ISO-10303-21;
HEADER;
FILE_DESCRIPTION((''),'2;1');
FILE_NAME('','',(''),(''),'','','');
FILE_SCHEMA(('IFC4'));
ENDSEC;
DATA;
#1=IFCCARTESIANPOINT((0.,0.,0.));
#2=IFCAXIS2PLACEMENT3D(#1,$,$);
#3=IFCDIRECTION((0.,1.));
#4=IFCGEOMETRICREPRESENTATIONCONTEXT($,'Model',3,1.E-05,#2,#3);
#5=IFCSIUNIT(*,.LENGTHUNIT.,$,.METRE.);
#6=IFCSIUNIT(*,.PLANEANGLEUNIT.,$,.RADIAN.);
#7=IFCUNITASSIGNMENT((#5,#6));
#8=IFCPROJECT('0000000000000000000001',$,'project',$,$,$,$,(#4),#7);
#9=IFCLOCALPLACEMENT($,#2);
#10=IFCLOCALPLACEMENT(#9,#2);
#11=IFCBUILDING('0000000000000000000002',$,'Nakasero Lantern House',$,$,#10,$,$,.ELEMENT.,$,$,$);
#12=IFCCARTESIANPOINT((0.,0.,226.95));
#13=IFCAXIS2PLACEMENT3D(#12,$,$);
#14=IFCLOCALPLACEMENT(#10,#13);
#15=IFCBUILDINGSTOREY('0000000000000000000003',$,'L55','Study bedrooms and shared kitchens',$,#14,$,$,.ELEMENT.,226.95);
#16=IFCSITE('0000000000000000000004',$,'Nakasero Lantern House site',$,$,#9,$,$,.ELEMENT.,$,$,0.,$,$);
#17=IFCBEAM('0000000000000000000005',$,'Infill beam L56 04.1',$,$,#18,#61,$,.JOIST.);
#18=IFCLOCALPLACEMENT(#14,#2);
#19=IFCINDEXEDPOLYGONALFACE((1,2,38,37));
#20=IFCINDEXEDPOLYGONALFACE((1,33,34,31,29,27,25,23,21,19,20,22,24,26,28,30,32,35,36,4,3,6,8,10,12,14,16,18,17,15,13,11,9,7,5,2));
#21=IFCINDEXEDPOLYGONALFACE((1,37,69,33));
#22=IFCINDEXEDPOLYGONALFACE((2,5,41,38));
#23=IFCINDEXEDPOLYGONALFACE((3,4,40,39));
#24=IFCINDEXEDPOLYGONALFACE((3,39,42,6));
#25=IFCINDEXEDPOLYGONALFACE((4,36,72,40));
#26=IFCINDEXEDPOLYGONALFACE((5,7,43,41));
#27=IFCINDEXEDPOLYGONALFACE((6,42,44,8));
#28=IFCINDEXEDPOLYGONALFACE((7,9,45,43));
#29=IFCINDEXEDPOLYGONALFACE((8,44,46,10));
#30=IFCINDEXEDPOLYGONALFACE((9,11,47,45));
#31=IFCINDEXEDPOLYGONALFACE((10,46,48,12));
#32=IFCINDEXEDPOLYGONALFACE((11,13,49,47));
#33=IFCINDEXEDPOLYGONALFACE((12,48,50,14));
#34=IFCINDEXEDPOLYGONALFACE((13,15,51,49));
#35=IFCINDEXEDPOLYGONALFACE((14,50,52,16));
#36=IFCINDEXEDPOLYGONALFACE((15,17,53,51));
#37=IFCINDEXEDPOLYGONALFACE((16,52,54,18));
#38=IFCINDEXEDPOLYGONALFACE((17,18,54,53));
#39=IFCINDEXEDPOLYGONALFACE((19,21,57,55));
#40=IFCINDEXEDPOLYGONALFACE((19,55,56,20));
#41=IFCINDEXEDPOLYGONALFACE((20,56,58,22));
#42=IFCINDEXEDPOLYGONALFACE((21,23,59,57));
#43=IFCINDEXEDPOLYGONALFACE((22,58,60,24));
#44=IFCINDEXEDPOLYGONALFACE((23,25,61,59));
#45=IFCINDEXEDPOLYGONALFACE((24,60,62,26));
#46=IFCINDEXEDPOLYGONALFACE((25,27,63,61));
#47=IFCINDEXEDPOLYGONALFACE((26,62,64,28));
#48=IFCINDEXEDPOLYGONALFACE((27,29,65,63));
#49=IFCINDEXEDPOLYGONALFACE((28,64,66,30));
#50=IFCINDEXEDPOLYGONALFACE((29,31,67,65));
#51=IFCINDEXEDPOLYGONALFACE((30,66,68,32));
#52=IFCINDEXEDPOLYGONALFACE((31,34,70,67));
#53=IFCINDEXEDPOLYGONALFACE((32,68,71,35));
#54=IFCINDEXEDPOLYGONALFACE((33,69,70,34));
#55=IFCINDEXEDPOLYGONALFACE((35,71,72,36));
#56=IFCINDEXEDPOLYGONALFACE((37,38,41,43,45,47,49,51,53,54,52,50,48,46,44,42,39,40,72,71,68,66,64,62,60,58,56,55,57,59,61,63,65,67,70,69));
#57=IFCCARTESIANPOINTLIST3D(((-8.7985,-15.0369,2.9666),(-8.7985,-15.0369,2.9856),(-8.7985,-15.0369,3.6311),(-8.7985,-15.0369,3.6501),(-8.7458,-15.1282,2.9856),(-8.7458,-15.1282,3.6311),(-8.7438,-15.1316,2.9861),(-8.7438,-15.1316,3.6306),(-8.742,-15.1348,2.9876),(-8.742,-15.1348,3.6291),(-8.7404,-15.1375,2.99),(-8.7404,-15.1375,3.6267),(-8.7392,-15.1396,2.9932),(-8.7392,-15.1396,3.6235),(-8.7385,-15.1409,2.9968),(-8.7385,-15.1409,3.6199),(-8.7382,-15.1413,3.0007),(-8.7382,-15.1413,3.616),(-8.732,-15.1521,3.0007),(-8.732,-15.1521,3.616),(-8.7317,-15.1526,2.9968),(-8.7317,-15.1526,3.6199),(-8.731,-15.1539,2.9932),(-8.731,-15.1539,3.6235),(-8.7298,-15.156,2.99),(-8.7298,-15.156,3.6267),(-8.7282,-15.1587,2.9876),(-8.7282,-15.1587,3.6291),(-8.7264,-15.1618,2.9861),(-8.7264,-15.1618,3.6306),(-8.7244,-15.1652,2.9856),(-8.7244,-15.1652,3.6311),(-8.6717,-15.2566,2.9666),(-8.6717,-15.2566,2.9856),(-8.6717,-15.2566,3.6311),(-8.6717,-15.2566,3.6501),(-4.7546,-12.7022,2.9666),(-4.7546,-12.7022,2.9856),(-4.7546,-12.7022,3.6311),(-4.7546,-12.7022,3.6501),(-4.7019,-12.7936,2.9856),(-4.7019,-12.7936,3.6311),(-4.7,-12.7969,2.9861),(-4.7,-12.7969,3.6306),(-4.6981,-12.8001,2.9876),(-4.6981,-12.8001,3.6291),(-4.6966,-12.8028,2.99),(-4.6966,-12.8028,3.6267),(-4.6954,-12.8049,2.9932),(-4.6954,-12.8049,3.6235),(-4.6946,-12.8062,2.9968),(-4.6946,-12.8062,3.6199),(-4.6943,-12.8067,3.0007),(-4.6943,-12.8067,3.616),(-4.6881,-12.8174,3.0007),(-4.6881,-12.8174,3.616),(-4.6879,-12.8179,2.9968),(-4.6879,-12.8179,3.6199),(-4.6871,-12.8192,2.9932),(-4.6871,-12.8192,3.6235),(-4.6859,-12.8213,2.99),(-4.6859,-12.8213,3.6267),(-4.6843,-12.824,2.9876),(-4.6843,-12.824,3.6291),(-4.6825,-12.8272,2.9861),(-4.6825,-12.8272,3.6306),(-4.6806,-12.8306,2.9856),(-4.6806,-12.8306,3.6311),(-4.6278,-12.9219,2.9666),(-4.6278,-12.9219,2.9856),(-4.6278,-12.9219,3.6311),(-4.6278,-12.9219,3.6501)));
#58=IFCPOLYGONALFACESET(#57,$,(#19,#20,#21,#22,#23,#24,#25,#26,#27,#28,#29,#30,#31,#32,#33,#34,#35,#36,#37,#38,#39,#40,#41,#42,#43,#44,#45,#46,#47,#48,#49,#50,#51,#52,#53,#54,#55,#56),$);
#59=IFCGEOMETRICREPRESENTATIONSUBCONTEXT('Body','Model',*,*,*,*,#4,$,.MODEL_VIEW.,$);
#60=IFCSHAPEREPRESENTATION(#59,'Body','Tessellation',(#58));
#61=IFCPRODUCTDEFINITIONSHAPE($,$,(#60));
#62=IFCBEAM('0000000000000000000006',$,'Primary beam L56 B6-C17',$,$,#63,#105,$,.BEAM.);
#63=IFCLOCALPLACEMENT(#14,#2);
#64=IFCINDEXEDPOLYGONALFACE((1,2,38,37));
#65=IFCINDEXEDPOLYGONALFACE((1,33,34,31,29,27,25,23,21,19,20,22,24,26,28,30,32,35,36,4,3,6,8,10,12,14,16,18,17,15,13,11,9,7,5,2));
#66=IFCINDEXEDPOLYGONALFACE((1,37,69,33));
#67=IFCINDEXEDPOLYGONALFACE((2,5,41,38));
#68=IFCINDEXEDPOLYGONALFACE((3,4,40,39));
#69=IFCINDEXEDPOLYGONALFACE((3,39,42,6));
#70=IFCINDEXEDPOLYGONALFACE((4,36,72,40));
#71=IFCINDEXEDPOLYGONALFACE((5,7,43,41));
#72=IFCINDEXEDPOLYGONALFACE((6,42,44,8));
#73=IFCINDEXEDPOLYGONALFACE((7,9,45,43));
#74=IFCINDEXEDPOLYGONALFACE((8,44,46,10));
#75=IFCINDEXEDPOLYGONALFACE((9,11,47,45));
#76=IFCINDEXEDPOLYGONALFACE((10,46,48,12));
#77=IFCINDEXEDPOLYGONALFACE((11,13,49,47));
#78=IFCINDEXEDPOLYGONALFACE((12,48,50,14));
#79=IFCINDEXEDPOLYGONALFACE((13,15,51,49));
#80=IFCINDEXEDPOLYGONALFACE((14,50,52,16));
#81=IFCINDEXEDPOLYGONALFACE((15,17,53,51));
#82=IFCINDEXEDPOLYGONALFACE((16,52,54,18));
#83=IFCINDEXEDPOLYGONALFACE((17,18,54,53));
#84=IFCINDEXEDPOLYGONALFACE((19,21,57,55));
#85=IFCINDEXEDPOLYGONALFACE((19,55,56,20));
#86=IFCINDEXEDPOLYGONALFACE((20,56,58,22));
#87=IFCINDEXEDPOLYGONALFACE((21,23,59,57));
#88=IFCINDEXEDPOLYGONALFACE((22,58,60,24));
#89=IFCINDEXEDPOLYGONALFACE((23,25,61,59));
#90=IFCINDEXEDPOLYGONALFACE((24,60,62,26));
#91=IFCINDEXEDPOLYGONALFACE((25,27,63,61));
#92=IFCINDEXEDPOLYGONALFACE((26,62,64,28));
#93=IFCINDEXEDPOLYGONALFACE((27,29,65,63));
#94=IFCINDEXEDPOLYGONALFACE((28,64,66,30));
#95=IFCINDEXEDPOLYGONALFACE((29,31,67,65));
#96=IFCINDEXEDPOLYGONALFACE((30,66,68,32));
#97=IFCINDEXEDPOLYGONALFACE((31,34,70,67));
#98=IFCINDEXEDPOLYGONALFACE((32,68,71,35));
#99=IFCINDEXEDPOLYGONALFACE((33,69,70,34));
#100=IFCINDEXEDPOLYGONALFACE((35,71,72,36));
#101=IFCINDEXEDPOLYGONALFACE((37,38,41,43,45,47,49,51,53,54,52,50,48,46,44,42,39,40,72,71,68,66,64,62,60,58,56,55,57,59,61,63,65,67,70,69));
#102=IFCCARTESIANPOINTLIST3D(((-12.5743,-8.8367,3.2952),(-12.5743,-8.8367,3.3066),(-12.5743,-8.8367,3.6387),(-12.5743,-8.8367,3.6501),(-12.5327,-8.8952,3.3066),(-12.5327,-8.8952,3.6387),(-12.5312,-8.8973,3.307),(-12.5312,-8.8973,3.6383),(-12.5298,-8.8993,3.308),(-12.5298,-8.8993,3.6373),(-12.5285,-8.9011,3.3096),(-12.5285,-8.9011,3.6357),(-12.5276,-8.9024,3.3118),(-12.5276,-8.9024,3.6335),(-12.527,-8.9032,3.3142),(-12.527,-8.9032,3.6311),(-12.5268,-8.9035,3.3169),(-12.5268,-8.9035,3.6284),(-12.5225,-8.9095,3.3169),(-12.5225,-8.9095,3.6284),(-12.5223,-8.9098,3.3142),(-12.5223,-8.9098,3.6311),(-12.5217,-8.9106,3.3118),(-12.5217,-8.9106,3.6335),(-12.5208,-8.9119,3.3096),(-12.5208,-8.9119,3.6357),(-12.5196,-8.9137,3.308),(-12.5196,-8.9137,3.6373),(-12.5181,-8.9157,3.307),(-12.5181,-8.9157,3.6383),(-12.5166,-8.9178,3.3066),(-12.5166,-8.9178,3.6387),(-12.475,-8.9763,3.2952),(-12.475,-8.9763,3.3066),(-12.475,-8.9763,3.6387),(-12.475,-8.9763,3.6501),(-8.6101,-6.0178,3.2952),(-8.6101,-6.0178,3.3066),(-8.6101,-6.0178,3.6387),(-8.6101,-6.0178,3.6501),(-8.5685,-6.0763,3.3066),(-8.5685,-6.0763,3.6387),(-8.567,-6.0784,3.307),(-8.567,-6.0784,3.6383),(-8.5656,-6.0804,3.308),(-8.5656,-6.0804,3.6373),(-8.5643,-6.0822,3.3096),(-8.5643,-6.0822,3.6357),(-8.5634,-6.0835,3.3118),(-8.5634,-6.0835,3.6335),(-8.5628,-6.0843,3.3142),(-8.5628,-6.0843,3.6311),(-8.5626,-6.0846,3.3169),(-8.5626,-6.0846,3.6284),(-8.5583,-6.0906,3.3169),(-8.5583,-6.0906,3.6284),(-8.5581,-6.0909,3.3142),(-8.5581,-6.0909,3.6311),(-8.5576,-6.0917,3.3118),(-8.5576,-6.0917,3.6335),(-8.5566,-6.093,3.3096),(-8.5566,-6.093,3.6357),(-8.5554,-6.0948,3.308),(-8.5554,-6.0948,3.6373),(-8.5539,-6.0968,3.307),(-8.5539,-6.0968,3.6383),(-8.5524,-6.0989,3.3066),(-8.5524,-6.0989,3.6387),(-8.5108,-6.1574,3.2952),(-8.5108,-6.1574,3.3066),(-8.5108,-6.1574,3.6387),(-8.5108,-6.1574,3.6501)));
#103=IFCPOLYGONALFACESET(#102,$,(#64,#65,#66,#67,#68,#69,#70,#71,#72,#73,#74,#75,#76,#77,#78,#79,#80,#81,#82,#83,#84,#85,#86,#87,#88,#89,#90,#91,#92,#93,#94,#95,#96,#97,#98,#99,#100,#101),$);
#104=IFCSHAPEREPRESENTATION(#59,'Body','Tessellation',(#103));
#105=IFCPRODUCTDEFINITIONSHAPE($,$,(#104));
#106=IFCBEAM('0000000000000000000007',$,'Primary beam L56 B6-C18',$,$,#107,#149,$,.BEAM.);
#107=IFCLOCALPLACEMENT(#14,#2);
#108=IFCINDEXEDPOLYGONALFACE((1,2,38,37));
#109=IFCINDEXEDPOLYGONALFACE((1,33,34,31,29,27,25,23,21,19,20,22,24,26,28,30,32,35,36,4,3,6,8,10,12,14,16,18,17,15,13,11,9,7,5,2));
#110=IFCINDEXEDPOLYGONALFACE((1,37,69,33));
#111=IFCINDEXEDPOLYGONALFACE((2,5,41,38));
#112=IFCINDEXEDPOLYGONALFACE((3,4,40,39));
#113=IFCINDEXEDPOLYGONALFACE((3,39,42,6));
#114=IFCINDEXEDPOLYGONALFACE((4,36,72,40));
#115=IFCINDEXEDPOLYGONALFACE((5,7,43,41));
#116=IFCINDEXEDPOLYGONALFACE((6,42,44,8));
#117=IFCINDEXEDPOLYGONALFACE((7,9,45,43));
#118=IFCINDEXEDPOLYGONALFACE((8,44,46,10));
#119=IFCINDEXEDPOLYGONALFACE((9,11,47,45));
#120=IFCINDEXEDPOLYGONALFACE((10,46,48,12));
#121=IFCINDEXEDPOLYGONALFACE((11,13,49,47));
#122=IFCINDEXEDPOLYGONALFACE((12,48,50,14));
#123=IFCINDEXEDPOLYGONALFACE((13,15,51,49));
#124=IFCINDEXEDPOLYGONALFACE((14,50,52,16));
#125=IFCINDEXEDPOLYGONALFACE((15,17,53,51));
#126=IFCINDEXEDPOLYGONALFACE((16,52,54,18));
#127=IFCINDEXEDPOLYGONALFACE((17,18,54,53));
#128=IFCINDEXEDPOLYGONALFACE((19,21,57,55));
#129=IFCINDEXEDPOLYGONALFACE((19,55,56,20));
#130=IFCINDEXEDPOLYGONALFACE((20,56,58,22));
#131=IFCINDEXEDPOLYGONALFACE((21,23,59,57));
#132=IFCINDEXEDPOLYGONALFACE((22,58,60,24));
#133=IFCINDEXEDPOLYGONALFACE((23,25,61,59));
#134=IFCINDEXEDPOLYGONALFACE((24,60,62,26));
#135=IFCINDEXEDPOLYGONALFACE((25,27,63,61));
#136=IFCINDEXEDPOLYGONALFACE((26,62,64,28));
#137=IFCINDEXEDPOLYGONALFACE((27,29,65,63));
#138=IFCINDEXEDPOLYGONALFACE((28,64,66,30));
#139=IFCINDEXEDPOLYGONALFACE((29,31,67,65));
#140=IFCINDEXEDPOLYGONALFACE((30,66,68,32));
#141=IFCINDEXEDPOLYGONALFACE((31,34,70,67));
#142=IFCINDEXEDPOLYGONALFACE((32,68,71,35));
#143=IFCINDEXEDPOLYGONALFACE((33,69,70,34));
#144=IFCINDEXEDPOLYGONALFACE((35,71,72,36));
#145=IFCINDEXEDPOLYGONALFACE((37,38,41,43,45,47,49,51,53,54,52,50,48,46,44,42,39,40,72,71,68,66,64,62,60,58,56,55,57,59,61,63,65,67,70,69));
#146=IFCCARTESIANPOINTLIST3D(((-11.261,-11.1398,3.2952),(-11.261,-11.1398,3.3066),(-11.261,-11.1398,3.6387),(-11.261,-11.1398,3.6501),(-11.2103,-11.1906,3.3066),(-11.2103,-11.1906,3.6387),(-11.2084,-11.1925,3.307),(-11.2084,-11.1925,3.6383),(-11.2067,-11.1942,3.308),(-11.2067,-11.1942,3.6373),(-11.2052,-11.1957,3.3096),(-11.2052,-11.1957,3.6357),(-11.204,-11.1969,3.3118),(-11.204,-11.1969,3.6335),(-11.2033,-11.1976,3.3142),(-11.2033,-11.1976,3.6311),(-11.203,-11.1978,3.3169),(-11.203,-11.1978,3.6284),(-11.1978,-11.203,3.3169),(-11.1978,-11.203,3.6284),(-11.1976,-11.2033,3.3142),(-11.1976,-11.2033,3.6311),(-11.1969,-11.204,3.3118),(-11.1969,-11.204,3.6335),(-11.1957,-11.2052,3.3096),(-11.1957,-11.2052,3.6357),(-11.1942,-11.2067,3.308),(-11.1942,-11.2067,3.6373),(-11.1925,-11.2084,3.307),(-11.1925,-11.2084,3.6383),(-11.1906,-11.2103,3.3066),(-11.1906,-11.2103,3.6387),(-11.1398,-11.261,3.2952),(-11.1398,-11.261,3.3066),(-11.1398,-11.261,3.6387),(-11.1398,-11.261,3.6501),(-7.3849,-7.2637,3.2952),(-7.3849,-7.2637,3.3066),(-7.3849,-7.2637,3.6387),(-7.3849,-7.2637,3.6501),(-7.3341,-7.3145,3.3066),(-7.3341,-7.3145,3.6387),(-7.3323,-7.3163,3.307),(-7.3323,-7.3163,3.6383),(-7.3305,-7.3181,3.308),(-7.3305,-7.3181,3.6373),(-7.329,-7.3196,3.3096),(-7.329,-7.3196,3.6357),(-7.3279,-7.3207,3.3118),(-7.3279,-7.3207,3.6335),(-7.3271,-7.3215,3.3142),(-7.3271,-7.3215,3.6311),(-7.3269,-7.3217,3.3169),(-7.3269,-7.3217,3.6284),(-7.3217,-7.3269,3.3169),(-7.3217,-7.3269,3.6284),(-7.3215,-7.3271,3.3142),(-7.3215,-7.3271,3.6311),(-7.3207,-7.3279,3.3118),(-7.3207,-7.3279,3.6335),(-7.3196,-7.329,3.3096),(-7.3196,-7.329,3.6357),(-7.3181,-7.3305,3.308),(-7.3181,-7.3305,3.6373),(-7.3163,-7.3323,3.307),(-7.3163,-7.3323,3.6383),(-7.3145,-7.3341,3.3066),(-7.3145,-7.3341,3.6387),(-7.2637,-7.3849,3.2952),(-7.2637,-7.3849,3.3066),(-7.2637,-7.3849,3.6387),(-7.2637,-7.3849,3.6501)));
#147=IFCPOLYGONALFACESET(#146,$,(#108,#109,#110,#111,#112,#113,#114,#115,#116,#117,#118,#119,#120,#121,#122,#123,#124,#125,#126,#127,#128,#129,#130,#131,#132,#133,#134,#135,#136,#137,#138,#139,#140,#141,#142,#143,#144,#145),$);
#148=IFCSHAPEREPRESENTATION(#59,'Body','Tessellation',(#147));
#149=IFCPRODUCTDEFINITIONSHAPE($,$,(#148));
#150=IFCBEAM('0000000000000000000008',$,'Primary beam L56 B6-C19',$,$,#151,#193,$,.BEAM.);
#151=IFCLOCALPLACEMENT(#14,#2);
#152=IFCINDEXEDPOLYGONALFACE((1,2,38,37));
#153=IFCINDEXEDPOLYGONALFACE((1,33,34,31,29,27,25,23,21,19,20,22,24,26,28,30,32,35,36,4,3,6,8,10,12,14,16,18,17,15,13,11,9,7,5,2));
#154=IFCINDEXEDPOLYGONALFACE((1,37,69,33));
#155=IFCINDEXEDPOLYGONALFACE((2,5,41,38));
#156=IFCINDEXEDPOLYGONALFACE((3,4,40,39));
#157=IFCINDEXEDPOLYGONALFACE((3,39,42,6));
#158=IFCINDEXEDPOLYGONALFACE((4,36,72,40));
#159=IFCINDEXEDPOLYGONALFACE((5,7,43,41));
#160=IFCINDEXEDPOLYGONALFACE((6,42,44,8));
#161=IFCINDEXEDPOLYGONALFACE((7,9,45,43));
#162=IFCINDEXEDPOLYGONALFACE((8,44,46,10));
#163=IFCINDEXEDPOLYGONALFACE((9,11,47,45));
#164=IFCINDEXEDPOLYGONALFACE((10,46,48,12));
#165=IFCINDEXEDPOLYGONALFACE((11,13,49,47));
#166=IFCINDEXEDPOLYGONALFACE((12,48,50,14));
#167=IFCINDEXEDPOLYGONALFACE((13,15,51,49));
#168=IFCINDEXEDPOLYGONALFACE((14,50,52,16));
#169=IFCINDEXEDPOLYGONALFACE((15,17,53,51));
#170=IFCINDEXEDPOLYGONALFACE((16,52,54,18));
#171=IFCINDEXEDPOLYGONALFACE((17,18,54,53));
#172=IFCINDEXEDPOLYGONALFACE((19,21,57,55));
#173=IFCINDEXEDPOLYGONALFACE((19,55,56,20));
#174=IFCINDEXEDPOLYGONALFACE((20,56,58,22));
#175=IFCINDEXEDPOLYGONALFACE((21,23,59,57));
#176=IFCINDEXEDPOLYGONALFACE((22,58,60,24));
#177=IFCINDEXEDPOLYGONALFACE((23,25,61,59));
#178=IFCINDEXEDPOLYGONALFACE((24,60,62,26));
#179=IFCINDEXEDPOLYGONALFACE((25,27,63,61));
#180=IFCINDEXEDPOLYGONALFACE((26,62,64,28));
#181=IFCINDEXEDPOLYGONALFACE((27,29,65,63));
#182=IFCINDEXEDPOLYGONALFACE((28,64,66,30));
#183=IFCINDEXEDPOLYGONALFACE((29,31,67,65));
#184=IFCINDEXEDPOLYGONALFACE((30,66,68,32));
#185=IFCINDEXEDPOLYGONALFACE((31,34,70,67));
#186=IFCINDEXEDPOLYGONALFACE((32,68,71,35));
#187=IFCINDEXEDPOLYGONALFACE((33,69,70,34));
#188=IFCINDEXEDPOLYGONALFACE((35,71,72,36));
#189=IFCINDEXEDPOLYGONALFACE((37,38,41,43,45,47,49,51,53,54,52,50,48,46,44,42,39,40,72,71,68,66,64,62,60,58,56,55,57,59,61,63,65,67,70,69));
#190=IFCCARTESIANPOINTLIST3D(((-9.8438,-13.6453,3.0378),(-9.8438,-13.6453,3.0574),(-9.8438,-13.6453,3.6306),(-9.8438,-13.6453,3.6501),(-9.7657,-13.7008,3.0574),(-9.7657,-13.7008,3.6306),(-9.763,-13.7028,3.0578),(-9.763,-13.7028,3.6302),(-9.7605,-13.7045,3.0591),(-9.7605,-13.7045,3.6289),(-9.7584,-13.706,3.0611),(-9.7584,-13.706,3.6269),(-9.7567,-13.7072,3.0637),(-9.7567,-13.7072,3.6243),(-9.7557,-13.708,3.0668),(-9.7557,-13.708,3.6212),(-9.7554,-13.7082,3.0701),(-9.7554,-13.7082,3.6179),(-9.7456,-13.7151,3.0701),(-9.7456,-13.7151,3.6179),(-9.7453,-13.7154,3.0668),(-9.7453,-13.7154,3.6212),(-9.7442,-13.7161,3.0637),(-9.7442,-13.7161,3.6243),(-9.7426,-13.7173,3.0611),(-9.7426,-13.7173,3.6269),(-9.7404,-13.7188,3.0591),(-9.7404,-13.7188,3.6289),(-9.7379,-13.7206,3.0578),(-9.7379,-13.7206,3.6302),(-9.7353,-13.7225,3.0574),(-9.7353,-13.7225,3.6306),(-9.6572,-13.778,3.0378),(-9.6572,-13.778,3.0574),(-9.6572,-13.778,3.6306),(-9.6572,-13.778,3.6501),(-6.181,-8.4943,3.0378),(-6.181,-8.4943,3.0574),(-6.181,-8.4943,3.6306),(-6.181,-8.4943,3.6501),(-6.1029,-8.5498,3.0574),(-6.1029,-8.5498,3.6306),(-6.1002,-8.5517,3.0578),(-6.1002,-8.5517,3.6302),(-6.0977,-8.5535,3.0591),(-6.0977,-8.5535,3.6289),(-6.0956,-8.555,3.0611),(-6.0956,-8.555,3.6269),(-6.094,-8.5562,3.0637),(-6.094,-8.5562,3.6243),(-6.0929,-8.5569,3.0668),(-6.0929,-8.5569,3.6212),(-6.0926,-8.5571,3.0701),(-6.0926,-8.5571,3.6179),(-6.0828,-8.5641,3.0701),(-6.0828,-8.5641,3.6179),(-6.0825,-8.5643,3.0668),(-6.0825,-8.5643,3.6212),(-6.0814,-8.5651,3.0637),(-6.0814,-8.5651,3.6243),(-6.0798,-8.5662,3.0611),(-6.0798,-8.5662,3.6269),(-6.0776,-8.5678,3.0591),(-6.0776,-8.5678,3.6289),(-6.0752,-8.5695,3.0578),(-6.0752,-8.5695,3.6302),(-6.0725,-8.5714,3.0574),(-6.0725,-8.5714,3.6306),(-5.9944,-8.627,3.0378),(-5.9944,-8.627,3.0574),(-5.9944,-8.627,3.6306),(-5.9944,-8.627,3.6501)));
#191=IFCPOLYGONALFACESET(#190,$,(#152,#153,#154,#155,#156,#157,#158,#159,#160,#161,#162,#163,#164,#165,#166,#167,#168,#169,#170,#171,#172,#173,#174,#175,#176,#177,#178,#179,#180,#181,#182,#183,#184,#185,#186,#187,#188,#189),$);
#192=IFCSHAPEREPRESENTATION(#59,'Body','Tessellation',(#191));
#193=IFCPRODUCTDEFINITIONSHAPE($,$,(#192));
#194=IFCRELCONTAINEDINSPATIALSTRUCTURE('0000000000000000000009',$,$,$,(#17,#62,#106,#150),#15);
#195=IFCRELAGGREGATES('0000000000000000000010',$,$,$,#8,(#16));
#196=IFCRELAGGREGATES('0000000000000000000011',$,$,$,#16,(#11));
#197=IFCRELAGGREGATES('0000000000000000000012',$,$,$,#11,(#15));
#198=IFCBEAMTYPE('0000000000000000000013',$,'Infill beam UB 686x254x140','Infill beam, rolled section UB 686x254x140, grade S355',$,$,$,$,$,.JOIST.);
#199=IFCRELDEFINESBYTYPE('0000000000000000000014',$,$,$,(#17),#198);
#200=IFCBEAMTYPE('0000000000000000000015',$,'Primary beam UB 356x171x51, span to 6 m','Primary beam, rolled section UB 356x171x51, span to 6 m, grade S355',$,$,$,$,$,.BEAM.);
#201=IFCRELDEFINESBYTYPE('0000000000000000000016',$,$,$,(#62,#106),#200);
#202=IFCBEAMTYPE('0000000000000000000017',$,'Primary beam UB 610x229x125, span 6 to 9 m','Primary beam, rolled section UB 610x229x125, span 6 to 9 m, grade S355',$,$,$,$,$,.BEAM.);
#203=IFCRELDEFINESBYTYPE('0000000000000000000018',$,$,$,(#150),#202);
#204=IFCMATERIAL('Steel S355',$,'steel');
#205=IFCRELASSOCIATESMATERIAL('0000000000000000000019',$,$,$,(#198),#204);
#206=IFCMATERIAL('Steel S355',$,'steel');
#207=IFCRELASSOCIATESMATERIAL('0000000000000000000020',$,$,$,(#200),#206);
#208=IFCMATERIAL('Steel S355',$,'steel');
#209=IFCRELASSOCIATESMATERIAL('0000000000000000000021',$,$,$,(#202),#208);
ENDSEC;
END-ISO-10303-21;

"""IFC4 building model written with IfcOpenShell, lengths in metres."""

from ifc_helpers import new_model, si_unit, direction, frame, origin, origin_2d, place, context, subcontext, project, spatial, i_section, extrude, material, material_profile, profile_set, type_object, element, save


model = new_model("IFC4")

# Units and contexts
model_context = context("Model", 3, precision=1e-05, world=origin(), true_north=direction((0.0, 1.0)))
body_context = subcontext(model_context, "Body", "Model", "MODEL_VIEW")
ifc_project = project(units=[si_unit("LENGTHUNIT", "METRE"), si_unit("PLANEANGLEUNIT", "RADIAN")], contexts=[model_context])

# Site, building, storey
site_placement = place(None, origin())
site = spatial("IfcSite", under=ifc_project, at=site_placement, Name="Nakasero Lantern House site", CompositionType="ELEMENT", RefElevation=0.0)
building_placement = place(site_placement, origin())
building = spatial("IfcBuilding", under=site, at=building_placement, Name="Nakasero Lantern House", CompositionType="ELEMENT")
storey_placement = place(building_placement, frame((0.0, 0.0, 226.95)))
storey = spatial("IfcBuildingStorey", under=building, at=storey_placement, Name="L55", Description="Study bedrooms and shared kitchens", CompositionType="ELEMENT", Elevation=226.95)

# Beams
ifc_material_1 = material(Name="Steel S355", Category="steel")
ifc_material_profile_1 = material_profile(ifc_material_1, i_section(OverallWidth=0.2537, OverallDepth=0.6836, WebThickness=0.0125, FlangeThickness=0.019, FilletRadius=0.0151, at=origin_2d()), Name="UB 686x254x140")
ifc_profile_set_1 = profile_set([ifc_material_profile_1], Name="Steel S355")
beam_type_1 = type_object("IfcBeamType", Name="Infill beam UB 686x254x140", Description="Infill beam, rolled section UB 686x254x140, grade S355", PredefinedType="JOIST", material=ifc_profile_set_1)
beam_1_placement = place(storey_placement, frame((-8.7351, -15.1467, 3.3083), z_axis=(0.866031, 0.499991, 0.0), x_axis=(-0.499991, 0.866031, 0.0)))
element("IfcBeam", 1, at=beam_1_placement, inside=storey, type_object=beam_type_1, Name="Infill beam L56 04.1", PredefinedType="JOIST", context=body_context, shape_type="SweptSolid", body=[
    extrude(i_section(OverallWidth=0.2537, OverallDepth=0.6836, WebThickness=0.0125, FlangeThickness=0.019, FilletRadius=0.0151, at=origin_2d()), origin(), (0.0, 0.0, 1.0), 4.6694),
])
ifc_material_2 = material(Name="Steel S355", Category="steel")
ifc_material_profile_2 = material_profile(ifc_material_2, i_section(OverallWidth=0.1714, OverallDepth=0.355, WebThickness=0.0073, FlangeThickness=0.0115, FilletRadius=0.0103, at=origin_2d()), Name="UB 356x171x51")
ifc_profile_set_2 = profile_set([ifc_material_profile_2], Name="Steel S355")
beam_type_2 = type_object("IfcBeamType", Name="Primary beam UB 356x171x51, span to 6 m", Description="Primary beam, rolled section UB 356x171x51, span to 6 m, grade S355", PredefinedType="BEAM", material=ifc_profile_set_2)
beam_2_placement = place(storey_placement, frame((-12.5247, -8.9065, 3.4727), z_axis=(0.814963, 0.579513, 0.0), x_axis=(-0.579513, 0.814963, 0.0)))
element("IfcBeam", 2, at=beam_2_placement, inside=storey, type_object=beam_type_2, Name="Primary beam L56 B6-C17", PredefinedType="BEAM", context=body_context, shape_type="SweptSolid", body=[
    extrude(i_section(OverallWidth=0.1714, OverallDepth=0.355, WebThickness=0.0073, FlangeThickness=0.0115, FilletRadius=0.0103, at=origin_2d()), origin(), (0.0, 0.0, 1.0), 4.8643),
])
beam_3_placement = place(storey_placement, frame((-11.2004, -11.2004, 3.4727), z_axis=(0.707107, 0.707107, 0.0), x_axis=(-0.707107, 0.707107, 0.0)))
element("IfcBeam", 3, at=beam_3_placement, inside=storey, type_object=beam_type_2, Name="Primary beam L56 B6-C18", PredefinedType="BEAM", context=body_context, shape_type="SweptSolid", body=[
    extrude(i_section(OverallWidth=0.1714, OverallDepth=0.355, WebThickness=0.0073, FlangeThickness=0.0115, FilletRadius=0.0103, at=origin_2d()), origin(), (0.0, 0.0, 1.0), 5.4817),
])
ifc_material_3 = material(Name="Steel S355", Category="steel")
ifc_material_profile_3 = material_profile(ifc_material_3, i_section(OverallWidth=0.229, OverallDepth=0.6123, WebThickness=0.012, FlangeThickness=0.0195, FilletRadius=0.0127, at=origin_2d()), Name="UB 610x229x125")
ifc_profile_set_3 = profile_set([ifc_material_profile_3], Name="Steel S355")
beam_type_3 = type_object("IfcBeamType", Name="Primary beam UB 610x229x125, span 6 to 9 m", Description="Primary beam, rolled section UB 610x229x125, span 6 to 9 m, grade S355", PredefinedType="BEAM", material=ifc_profile_set_3)
beam_4_placement = place(storey_placement, frame((-9.7505, -13.7117, 3.344), z_axis=(0.579505, 0.814969, 0.0), x_axis=(-0.814969, 0.579505, 0.0)))
element("IfcBeam", 4, at=beam_4_placement, inside=storey, type_object=beam_type_3, Name="Primary beam L56 B6-C19", PredefinedType="BEAM", context=body_context, shape_type="SweptSolid", body=[
    extrude(i_section(OverallWidth=0.229, OverallDepth=0.6123, WebThickness=0.012, FlangeThickness=0.0195, FilletRadius=0.0127, at=origin_2d()), origin(), (0.0, 0.0, 1.0), 6.3206),
])

save(model, "model.ifc")
